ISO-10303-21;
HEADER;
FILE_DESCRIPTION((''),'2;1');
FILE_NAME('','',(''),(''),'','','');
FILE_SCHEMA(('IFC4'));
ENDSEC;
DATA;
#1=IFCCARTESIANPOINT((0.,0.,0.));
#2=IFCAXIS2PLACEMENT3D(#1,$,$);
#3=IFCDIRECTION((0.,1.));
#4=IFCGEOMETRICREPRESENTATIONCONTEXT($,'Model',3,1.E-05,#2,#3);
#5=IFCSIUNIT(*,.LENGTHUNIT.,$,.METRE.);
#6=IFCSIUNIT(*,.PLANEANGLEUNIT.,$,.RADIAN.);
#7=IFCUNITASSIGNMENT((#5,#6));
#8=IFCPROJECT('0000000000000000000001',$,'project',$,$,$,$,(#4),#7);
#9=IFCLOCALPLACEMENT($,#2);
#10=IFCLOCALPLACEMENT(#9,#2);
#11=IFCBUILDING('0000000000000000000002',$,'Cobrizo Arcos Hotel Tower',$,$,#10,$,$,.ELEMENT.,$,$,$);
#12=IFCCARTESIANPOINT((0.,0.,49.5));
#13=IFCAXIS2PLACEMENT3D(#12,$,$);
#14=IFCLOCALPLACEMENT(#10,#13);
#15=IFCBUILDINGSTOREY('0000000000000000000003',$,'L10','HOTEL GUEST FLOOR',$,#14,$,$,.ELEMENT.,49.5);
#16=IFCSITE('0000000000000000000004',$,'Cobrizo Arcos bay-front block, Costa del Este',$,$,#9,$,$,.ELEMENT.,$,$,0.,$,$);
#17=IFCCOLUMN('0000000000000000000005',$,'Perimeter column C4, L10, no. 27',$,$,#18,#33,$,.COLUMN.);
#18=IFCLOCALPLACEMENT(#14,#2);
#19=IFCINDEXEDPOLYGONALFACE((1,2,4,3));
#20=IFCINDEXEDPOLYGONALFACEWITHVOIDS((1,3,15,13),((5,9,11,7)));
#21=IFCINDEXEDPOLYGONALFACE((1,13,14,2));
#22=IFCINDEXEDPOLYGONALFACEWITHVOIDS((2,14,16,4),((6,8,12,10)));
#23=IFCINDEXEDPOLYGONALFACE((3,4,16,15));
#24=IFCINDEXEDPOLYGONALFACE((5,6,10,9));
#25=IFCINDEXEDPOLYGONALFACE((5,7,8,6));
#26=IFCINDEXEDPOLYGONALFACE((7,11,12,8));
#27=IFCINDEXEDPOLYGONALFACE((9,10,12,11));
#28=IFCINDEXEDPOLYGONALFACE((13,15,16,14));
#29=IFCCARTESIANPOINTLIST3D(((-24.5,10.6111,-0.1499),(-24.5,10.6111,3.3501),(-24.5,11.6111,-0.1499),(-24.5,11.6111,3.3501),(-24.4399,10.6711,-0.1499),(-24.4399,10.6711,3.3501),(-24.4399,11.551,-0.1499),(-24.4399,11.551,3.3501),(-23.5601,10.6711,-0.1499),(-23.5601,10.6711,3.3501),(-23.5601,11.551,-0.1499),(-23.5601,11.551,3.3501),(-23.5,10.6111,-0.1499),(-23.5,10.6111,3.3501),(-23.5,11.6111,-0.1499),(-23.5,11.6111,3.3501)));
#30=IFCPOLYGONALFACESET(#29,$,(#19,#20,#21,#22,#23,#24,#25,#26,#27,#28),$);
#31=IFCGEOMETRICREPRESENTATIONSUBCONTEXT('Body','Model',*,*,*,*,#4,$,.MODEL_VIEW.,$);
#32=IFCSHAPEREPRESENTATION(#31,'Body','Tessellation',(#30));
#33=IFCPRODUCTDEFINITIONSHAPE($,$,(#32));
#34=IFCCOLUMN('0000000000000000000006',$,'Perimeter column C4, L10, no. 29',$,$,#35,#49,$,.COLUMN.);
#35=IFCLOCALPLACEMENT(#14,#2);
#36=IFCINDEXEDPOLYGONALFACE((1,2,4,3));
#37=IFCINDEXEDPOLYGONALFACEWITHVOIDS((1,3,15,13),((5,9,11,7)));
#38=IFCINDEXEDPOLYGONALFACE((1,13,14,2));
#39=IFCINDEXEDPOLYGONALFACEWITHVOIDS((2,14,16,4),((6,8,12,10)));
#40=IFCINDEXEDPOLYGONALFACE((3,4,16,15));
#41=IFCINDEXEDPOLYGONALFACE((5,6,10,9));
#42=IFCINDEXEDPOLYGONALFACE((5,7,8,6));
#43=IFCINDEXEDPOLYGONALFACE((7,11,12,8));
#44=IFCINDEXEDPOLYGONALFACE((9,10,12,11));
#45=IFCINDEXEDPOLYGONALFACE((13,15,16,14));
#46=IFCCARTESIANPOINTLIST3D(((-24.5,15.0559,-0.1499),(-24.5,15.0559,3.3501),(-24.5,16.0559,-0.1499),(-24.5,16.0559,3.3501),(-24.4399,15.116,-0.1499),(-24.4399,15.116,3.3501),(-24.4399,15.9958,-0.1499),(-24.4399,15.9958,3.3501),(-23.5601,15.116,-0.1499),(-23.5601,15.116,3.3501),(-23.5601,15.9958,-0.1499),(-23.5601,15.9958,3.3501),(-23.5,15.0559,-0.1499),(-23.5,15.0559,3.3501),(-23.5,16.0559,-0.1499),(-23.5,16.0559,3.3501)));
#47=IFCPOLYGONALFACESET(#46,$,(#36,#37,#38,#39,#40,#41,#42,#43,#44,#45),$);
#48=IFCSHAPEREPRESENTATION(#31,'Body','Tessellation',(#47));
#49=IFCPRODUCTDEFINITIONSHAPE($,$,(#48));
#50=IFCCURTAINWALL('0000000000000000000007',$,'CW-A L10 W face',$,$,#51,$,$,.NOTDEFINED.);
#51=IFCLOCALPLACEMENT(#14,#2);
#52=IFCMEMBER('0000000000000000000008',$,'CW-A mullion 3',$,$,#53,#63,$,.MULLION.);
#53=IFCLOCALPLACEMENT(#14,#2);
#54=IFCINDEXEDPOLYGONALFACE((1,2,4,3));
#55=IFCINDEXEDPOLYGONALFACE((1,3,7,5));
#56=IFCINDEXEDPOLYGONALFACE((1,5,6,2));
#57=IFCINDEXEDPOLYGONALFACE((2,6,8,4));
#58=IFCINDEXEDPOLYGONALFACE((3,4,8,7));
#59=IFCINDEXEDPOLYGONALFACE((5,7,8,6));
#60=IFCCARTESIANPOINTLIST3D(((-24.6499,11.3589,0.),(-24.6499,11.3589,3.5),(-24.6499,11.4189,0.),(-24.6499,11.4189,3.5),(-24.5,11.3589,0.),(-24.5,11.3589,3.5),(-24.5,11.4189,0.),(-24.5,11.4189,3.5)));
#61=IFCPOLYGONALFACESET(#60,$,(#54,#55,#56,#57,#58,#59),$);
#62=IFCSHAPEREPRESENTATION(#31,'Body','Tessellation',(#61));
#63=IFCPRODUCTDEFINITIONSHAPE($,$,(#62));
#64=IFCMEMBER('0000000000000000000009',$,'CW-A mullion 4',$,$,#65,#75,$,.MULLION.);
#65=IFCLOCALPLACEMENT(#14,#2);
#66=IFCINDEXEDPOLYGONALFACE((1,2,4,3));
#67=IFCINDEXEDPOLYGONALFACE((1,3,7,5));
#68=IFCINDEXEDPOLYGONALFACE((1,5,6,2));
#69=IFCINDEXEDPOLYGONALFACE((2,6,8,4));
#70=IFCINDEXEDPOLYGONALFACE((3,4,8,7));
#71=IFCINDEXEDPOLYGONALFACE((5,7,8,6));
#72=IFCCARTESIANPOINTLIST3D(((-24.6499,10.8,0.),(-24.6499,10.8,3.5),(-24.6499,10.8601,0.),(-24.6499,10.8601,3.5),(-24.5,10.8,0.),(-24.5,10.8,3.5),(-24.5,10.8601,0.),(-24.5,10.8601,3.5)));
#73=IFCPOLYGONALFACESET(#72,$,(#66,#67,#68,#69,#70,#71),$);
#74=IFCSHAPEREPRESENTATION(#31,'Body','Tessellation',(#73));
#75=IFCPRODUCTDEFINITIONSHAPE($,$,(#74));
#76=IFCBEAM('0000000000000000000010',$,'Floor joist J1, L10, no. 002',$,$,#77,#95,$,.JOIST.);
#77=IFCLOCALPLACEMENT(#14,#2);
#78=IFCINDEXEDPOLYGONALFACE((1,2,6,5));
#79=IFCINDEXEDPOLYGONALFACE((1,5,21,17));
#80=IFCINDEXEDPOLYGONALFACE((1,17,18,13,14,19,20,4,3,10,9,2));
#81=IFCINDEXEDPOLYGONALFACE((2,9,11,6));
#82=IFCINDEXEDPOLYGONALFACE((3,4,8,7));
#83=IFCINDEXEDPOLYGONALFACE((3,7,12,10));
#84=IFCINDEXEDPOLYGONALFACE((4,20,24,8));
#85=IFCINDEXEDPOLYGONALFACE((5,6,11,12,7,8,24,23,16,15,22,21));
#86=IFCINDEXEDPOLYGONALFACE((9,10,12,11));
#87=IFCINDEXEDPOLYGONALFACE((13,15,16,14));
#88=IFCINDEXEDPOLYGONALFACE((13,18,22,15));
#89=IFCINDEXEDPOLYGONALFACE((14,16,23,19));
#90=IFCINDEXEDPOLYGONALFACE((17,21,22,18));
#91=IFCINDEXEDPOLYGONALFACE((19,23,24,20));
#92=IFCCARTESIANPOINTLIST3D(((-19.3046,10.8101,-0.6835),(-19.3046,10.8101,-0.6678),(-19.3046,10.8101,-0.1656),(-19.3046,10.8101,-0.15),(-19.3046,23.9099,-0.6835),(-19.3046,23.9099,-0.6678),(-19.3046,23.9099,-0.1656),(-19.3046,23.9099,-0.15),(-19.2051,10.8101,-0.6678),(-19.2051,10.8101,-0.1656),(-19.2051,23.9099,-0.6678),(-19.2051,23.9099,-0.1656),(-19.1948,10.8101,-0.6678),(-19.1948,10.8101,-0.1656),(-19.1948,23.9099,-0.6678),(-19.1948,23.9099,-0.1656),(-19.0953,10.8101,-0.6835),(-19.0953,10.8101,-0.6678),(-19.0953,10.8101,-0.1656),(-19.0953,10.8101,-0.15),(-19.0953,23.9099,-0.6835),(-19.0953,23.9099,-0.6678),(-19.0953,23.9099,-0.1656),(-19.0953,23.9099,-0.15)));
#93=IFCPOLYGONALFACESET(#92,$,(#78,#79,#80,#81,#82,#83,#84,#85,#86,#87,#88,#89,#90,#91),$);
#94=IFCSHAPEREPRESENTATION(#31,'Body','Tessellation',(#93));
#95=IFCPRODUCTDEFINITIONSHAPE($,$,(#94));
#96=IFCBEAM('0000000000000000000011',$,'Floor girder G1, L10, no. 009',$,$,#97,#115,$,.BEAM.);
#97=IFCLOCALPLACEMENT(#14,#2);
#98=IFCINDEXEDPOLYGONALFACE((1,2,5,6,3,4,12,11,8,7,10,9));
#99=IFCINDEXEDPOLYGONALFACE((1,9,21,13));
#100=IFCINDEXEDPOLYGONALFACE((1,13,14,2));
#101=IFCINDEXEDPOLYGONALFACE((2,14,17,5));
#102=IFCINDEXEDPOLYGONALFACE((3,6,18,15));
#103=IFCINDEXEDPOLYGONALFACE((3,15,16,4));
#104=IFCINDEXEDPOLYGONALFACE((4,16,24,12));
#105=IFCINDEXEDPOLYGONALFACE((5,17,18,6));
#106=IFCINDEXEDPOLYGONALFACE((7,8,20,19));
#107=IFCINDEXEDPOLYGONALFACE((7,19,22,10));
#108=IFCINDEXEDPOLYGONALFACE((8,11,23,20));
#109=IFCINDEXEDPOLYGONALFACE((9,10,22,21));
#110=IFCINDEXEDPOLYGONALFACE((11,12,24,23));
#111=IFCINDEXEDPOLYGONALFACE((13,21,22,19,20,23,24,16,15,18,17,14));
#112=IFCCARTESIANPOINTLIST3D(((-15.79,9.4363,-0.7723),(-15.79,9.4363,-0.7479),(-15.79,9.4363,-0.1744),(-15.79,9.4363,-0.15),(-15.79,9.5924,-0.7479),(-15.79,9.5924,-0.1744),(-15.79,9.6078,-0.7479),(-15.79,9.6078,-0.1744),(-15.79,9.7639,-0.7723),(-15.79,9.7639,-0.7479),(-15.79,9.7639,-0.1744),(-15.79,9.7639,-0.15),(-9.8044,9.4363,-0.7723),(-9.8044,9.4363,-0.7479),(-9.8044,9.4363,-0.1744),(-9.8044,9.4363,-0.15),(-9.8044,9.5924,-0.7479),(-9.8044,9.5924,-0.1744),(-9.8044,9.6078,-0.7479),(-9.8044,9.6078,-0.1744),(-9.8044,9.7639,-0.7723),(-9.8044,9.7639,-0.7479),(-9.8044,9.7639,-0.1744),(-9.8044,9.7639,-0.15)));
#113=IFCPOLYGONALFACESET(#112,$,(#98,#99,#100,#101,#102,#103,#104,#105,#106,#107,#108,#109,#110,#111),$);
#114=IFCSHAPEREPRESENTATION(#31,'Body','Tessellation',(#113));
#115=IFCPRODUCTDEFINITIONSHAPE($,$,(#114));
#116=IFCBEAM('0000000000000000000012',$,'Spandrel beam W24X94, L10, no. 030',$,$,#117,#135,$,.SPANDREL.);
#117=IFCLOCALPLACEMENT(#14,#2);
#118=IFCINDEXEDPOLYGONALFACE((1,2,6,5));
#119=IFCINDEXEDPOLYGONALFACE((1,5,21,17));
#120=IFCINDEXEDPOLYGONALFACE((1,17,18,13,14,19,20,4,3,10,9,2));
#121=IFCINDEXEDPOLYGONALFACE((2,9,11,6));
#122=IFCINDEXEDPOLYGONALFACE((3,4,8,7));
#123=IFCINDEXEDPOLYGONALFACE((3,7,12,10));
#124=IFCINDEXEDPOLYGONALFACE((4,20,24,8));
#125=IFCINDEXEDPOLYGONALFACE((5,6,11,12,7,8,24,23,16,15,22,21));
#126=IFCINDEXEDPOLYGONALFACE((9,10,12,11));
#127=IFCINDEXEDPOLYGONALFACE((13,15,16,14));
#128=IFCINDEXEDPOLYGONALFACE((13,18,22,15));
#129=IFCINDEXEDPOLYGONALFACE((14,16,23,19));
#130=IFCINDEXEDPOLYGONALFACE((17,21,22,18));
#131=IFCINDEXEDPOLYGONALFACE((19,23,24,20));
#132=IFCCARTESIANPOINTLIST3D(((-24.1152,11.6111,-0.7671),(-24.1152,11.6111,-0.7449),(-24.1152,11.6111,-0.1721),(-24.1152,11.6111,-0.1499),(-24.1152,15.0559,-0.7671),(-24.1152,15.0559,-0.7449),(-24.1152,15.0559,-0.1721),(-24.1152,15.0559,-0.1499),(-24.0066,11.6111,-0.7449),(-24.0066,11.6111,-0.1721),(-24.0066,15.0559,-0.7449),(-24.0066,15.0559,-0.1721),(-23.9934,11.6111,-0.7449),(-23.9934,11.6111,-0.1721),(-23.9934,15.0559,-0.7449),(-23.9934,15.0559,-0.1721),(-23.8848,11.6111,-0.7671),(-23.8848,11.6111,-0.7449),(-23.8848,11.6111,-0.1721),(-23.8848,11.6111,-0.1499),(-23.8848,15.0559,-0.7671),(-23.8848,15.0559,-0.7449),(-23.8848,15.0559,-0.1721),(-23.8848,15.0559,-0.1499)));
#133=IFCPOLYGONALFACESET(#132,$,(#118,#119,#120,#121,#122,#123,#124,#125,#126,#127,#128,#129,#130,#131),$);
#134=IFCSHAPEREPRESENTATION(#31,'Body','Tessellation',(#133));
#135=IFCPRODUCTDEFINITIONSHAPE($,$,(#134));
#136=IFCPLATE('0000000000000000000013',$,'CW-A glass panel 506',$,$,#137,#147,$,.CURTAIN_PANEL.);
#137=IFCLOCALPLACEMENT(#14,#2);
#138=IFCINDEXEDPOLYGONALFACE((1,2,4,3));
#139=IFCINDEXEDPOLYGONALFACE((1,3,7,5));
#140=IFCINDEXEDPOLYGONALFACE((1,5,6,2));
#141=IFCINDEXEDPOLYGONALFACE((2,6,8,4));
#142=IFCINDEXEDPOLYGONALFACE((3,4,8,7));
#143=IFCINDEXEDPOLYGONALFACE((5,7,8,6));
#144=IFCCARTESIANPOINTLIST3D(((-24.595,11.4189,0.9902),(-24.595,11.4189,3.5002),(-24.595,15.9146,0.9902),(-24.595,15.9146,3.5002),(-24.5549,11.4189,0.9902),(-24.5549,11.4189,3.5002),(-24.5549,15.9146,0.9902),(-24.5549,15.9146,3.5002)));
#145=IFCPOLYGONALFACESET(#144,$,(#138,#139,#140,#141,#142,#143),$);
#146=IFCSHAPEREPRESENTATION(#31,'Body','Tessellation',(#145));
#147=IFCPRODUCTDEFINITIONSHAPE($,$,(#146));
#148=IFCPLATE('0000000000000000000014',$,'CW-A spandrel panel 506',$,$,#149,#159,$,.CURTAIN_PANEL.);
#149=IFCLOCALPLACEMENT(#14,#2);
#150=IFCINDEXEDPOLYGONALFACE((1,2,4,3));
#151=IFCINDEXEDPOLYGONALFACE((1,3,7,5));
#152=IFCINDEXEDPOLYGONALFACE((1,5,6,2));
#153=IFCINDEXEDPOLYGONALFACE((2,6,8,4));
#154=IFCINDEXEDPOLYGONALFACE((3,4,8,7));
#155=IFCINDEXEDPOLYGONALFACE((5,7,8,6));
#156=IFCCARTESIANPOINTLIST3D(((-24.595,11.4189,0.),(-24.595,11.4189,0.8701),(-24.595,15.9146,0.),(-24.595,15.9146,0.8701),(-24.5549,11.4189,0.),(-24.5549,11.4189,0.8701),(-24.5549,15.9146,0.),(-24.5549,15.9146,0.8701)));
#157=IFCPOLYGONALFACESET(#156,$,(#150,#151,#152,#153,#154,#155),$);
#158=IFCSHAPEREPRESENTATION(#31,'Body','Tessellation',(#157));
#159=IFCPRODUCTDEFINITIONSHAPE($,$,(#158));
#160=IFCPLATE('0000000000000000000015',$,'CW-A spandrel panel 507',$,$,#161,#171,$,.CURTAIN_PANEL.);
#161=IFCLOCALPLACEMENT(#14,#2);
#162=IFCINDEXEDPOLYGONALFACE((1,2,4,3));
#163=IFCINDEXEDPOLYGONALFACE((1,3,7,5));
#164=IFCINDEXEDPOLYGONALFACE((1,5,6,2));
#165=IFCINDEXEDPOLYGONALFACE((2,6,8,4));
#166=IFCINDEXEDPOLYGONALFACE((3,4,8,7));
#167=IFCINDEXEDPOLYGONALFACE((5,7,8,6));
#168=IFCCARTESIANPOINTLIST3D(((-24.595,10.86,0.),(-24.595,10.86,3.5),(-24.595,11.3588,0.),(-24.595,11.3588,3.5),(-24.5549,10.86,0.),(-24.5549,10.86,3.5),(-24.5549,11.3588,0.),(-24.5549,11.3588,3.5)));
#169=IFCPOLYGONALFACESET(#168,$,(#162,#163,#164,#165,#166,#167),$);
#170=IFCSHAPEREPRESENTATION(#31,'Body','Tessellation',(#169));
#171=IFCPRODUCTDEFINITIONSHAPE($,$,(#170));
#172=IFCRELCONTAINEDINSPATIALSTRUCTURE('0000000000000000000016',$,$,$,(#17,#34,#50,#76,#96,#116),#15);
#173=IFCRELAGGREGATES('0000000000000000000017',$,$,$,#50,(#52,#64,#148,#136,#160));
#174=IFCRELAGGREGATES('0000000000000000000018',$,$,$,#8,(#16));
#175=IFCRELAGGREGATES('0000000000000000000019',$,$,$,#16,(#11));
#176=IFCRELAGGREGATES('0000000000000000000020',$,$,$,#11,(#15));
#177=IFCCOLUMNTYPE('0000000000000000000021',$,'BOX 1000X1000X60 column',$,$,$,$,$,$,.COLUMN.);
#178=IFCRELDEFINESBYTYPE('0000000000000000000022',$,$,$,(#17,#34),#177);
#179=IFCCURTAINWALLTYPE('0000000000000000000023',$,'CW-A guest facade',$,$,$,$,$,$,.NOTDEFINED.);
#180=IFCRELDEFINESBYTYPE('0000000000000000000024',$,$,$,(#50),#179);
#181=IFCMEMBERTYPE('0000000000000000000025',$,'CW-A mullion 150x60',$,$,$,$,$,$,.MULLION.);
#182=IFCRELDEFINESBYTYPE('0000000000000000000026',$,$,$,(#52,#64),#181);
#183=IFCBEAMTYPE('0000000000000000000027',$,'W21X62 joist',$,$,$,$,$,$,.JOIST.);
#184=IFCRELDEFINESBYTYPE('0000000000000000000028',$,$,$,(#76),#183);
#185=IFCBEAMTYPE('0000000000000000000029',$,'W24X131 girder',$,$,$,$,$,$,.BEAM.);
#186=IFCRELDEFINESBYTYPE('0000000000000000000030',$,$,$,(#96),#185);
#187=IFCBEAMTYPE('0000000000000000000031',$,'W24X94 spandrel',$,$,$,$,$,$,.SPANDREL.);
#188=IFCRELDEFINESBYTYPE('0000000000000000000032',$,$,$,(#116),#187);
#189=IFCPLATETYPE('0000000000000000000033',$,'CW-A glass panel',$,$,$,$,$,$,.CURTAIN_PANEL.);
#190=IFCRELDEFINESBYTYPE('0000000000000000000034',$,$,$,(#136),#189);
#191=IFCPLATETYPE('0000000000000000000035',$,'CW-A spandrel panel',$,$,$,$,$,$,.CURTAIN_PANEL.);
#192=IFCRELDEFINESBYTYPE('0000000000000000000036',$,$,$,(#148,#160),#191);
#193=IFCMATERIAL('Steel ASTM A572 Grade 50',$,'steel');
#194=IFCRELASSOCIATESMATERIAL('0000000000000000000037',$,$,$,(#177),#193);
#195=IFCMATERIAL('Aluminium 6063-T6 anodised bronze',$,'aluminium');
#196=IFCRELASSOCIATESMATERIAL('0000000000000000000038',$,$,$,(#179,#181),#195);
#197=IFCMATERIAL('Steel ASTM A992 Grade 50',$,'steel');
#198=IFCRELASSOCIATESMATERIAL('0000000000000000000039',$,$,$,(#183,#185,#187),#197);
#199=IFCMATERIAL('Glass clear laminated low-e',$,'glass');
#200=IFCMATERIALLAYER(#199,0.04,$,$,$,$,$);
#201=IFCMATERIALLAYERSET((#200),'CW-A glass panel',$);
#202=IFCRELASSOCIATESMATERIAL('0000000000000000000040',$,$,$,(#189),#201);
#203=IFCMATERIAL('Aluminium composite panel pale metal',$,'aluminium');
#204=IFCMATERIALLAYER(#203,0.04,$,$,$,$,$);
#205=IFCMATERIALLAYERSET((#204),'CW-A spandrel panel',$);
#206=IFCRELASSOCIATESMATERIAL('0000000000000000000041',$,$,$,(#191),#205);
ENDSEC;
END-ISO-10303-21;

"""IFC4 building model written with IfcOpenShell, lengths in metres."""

from ifc_helpers import new_model, si_unit, direction, frame, origin, origin_2d, place, context, subcontext, project, spatial, rectangle, hollow_rectangle, i_section, extrude, material, layer, layer_set, material_profile, profile_set, type_object, element, aggregate, save


model = new_model("IFC4")

# Units and contexts
model_context = context("Model", 3, precision=1e-05, world=origin(), true_north=direction((0.0, 1.0)))
body_context = subcontext(model_context, "Body", "Model", "MODEL_VIEW")
ifc_project = project(units=[si_unit("LENGTHUNIT", "METRE"), si_unit("PLANEANGLEUNIT", "RADIAN")], contexts=[model_context])

# Site, building, storey
site_placement = place(None, origin())
site = spatial("IfcSite", under=ifc_project, at=site_placement, Name="Cobrizo Arcos bay-front block, Costa del Este", CompositionType="ELEMENT", RefElevation=0.0)
building_placement = place(site_placement, origin())
building = spatial("IfcBuilding", under=site, at=building_placement, Name="Cobrizo Arcos Hotel Tower", CompositionType="ELEMENT")
storey_placement = place(building_placement, frame((0.0, 0.0, 49.5)))
storey = spatial("IfcBuildingStorey", under=building, at=storey_placement, Name="L10", Description="HOTEL GUEST FLOOR", CompositionType="ELEMENT", Elevation=49.5)

# Columns
ifc_material_1 = material(Name="Steel ASTM A572 Grade 50", Category="steel")
ifc_material_profile_1 = material_profile(ifc_material_1, hollow_rectangle(XDim=1.0, YDim=1.0, WallThickness=0.0601, at=origin_2d()), Name="BOX 1000X1000X60")
ifc_profile_set_1 = profile_set([ifc_material_profile_1], Name="Steel ASTM A572 Grade 50")
column_type = type_object("IfcColumnType", Name="BOX 1000X1000X60 column", PredefinedType="COLUMN", material=ifc_profile_set_1)
for number, where, z_axis, x_axis, name in (
    (1, (-24.0, 11.1111, -0.1499), (0.0, 0.0, 1.0), (1.0, 0.0, 0.0), "Perimeter column C4, L10, no. 27"),
    (2, (-24.0, 15.5559, -0.1499), (0.0, 0.0, 1.0), (1.0, 0.0, 0.0), "Perimeter column C4, L10, no. 29"),
):
    element("IfcColumn", number, at=place(storey_placement, frame(where, z_axis=z_axis, x_axis=x_axis)), inside=storey, type_object=column_type, Name=name, PredefinedType="COLUMN", context=body_context, shape_type="SweptSolid", body=[
        extrude(hollow_rectangle(XDim=1.0, YDim=1.0, WallThickness=0.0601, at=origin_2d()), origin(), (0.0, 0.0, 1.0), 3.5),
    ])

# Curtain wall, members
ifc_material_2 = material(Name="Aluminium 6063-T6 anodised bronze", Category="aluminium")
curtain_wall_type = type_object("IfcCurtainWallType", Name="CW-A guest facade", PredefinedType="NOTDEFINED", material=ifc_material_2)
curtain_wall_placement = place(storey_placement, origin())
curtain_wall = element("IfcCurtainWall", 3, at=curtain_wall_placement, inside=storey, type_object=curtain_wall_type, Name="CW-A L10 W face", PredefinedType="NOTDEFINED")
ifc_material_profile_2 = material_profile(ifc_material_2, rectangle(XDim=0.1499, YDim=0.0601, at=origin_2d()), Name="CW-A mullion 150x60")
ifc_profile_set_2 = profile_set([ifc_material_profile_2], Name="Aluminium 6063-T6 anodised bronze")
member_type = type_object("IfcMemberType", Name="CW-A mullion 150x60", PredefinedType="MULLION", material=ifc_profile_set_2)
member_1_placement = place(storey_placement, frame((-24.575, 11.3889, 0.0), z_axis=(0.0, 0.0, 1.0), x_axis=(-1.0, 0.0, 0.0)))
member_1 = element("IfcMember", 4, at=member_1_placement, type_object=member_type, Name="CW-A mullion 3", PredefinedType="MULLION", context=body_context, shape_type="SweptSolid", body=[
    extrude(rectangle(XDim=0.1499, YDim=0.0601, at=origin_2d()), origin(), (0.0, 0.0, 1.0), 3.5),
])
member_2_placement = place(storey_placement, frame((-24.575, 10.8301, 0.0), z_axis=(0.0, 0.0, 1.0), x_axis=(-1.0, 0.0, 0.0)))
member_2 = element("IfcMember", 5, at=member_2_placement, type_object=member_type, Name="CW-A mullion 4", PredefinedType="MULLION", context=body_context, shape_type="SweptSolid", body=[
    extrude(rectangle(XDim=0.1499, YDim=0.0601, at=origin_2d()), origin(), (0.0, 0.0, 1.0), 3.5),
])

# Beams
ifc_material_3 = material(Name="Steel ASTM A992 Grade 50", Category="steel")
ifc_material_profile_3 = material_profile(ifc_material_3, i_section(OverallWidth=0.2092, OverallDepth=0.5334, WebThickness=0.0103, FlangeThickness=0.0156, at=origin_2d()), Name="W21X62")
ifc_profile_set_3 = profile_set([ifc_material_profile_3], Name="Steel ASTM A992 Grade 50")
beam_type_1 = type_object("IfcBeamType", Name="W21X62 joist", PredefinedType="JOIST", material=ifc_profile_set_3)
beam_1_placement = place(storey_placement, frame((-19.2, 10.8101, -0.4167), z_axis=(0.0, 1.0, 0.0), x_axis=(-1.0, 0.0, 0.0)))
element("IfcBeam", 6, at=beam_1_placement, inside=storey, type_object=beam_type_1, Name="Floor joist J1, L10, no. 002", PredefinedType="JOIST", context=body_context, shape_type="SweptSolid", body=[
    extrude(i_section(OverallWidth=0.2092, OverallDepth=0.5334, WebThickness=0.0103, FlangeThickness=0.0156, at=origin_2d()), origin(), (0.0, 0.0, 1.0), 13.0999),
])
ifc_material_profile_4 = material_profile(ifc_material_3, i_section(OverallWidth=0.3276, OverallDepth=0.6223, WebThickness=0.0154, FlangeThickness=0.0244, at=origin_2d()), Name="W24X131")
ifc_profile_set_4 = profile_set([ifc_material_profile_4], Name="Steel ASTM A992 Grade 50")
beam_type_2 = type_object("IfcBeamType", Name="W24X131 girder", PredefinedType="BEAM", material=ifc_profile_set_4)
beam_2_placement = place(storey_placement, frame((-15.79, 9.6001, -0.4612), z_axis=(1.0, 0.0, 0.0), x_axis=(0.0, 1.0, 0.0)))
element("IfcBeam", 7, at=beam_2_placement, inside=storey, type_object=beam_type_2, Name="Floor girder G1, L10, no. 009", PredefinedType="BEAM", context=body_context, shape_type="SweptSolid", body=[
    extrude(i_section(OverallWidth=0.3276, OverallDepth=0.6223, WebThickness=0.0154, FlangeThickness=0.0244, at=origin_2d()), origin(), (0.0, 0.0, 1.0), 5.9856),
])
ifc_material_profile_5 = material_profile(ifc_material_3, i_section(OverallWidth=0.2305, OverallDepth=0.6172, WebThickness=0.0132, FlangeThickness=0.0222, at=origin_2d()), Name="W24X94")
ifc_profile_set_5 = profile_set([ifc_material_profile_5], Name="Steel ASTM A992 Grade 50")
beam_type_3 = type_object("IfcBeamType", Name="W24X94 spandrel", PredefinedType="SPANDREL", material=ifc_profile_set_5)
beam_3_placement = place(storey_placement, frame((-24.0, 15.0559, -0.4585), z_axis=(0.0, -1.0, 0.0), x_axis=(1.0, 0.0, 0.0)))
element("IfcBeam", 8, at=beam_3_placement, inside=storey, type_object=beam_type_3, Name="Spandrel beam W24X94, L10, no. 030", PredefinedType="SPANDREL", context=body_context, shape_type="SweptSolid", body=[
    extrude(i_section(OverallWidth=0.2305, OverallDepth=0.6172, WebThickness=0.0132, FlangeThickness=0.0222, at=origin_2d()), origin(), (0.0, 0.0, 1.0), 3.4448),
])

# Plates
ifc_material_4 = material(Name="Glass clear laminated low-e", Category="glass")
ifc_layer_1 = layer(ifc_material_4, 0.04)
ifc_layer_set_1 = layer_set([ifc_layer_1], Name="CW-A glass panel")
plate_type_1 = type_object("IfcPlateType", Name="CW-A glass panel", PredefinedType="CURTAIN_PANEL", material=ifc_layer_set_1)
plate_1_placement = place(storey_placement, frame((-24.575, 13.6667, 0.9902), z_axis=(0.0, 0.0, 1.0), x_axis=(0.0, -1.0, 0.0)))
plate_1 = element("IfcPlate", 9, at=plate_1_placement, type_object=plate_type_1, Name="CW-A glass panel 506", PredefinedType="CURTAIN_PANEL", context=body_context, shape_type="SweptSolid", body=[
    extrude(rectangle(XDim=4.4956, YDim=0.04, at=origin_2d()), origin(), (0.0, 0.0, 1.0), 2.51),
])
ifc_material_5 = material(Name="Aluminium composite panel pale metal", Category="aluminium")
ifc_layer_2 = layer(ifc_material_5, 0.04)
ifc_layer_set_2 = layer_set([ifc_layer_2], Name="CW-A spandrel panel")
plate_type_2 = type_object("IfcPlateType", Name="CW-A spandrel panel", PredefinedType="CURTAIN_PANEL", material=ifc_layer_set_2)
plate_2_placement = place(storey_placement, frame((-24.575, 13.6667, 0.0), z_axis=(0.0, 0.0, 1.0), x_axis=(0.0, -1.0, 0.0)))
plate_2 = element("IfcPlate", 10, at=plate_2_placement, type_object=plate_type_2, Name="CW-A spandrel panel 506", PredefinedType="CURTAIN_PANEL", context=body_context, shape_type="SweptSolid", body=[
    extrude(rectangle(XDim=4.4956, YDim=0.04, at=origin_2d()), origin(), (0.0, 0.0, 1.0), 0.8701),
])
plate_3_placement = place(storey_placement, frame((-24.575, 11.1094, 0.0), z_axis=(0.0, 0.0, 1.0), x_axis=(0.0, -1.0, 0.0)))
plate_3 = element("IfcPlate", 11, at=plate_3_placement, type_object=plate_type_2, Name="CW-A spandrel panel 507", PredefinedType="CURTAIN_PANEL", context=body_context, shape_type="SweptSolid", body=[
    extrude(rectangle(XDim=0.4988, YDim=0.04, at=origin_2d()), origin(), (0.0, 0.0, 1.0), 3.5),
])
aggregate(curtain_wall, [member_1, member_2, plate_2, plate_1, plate_3])

save(model, "model.ifc")
